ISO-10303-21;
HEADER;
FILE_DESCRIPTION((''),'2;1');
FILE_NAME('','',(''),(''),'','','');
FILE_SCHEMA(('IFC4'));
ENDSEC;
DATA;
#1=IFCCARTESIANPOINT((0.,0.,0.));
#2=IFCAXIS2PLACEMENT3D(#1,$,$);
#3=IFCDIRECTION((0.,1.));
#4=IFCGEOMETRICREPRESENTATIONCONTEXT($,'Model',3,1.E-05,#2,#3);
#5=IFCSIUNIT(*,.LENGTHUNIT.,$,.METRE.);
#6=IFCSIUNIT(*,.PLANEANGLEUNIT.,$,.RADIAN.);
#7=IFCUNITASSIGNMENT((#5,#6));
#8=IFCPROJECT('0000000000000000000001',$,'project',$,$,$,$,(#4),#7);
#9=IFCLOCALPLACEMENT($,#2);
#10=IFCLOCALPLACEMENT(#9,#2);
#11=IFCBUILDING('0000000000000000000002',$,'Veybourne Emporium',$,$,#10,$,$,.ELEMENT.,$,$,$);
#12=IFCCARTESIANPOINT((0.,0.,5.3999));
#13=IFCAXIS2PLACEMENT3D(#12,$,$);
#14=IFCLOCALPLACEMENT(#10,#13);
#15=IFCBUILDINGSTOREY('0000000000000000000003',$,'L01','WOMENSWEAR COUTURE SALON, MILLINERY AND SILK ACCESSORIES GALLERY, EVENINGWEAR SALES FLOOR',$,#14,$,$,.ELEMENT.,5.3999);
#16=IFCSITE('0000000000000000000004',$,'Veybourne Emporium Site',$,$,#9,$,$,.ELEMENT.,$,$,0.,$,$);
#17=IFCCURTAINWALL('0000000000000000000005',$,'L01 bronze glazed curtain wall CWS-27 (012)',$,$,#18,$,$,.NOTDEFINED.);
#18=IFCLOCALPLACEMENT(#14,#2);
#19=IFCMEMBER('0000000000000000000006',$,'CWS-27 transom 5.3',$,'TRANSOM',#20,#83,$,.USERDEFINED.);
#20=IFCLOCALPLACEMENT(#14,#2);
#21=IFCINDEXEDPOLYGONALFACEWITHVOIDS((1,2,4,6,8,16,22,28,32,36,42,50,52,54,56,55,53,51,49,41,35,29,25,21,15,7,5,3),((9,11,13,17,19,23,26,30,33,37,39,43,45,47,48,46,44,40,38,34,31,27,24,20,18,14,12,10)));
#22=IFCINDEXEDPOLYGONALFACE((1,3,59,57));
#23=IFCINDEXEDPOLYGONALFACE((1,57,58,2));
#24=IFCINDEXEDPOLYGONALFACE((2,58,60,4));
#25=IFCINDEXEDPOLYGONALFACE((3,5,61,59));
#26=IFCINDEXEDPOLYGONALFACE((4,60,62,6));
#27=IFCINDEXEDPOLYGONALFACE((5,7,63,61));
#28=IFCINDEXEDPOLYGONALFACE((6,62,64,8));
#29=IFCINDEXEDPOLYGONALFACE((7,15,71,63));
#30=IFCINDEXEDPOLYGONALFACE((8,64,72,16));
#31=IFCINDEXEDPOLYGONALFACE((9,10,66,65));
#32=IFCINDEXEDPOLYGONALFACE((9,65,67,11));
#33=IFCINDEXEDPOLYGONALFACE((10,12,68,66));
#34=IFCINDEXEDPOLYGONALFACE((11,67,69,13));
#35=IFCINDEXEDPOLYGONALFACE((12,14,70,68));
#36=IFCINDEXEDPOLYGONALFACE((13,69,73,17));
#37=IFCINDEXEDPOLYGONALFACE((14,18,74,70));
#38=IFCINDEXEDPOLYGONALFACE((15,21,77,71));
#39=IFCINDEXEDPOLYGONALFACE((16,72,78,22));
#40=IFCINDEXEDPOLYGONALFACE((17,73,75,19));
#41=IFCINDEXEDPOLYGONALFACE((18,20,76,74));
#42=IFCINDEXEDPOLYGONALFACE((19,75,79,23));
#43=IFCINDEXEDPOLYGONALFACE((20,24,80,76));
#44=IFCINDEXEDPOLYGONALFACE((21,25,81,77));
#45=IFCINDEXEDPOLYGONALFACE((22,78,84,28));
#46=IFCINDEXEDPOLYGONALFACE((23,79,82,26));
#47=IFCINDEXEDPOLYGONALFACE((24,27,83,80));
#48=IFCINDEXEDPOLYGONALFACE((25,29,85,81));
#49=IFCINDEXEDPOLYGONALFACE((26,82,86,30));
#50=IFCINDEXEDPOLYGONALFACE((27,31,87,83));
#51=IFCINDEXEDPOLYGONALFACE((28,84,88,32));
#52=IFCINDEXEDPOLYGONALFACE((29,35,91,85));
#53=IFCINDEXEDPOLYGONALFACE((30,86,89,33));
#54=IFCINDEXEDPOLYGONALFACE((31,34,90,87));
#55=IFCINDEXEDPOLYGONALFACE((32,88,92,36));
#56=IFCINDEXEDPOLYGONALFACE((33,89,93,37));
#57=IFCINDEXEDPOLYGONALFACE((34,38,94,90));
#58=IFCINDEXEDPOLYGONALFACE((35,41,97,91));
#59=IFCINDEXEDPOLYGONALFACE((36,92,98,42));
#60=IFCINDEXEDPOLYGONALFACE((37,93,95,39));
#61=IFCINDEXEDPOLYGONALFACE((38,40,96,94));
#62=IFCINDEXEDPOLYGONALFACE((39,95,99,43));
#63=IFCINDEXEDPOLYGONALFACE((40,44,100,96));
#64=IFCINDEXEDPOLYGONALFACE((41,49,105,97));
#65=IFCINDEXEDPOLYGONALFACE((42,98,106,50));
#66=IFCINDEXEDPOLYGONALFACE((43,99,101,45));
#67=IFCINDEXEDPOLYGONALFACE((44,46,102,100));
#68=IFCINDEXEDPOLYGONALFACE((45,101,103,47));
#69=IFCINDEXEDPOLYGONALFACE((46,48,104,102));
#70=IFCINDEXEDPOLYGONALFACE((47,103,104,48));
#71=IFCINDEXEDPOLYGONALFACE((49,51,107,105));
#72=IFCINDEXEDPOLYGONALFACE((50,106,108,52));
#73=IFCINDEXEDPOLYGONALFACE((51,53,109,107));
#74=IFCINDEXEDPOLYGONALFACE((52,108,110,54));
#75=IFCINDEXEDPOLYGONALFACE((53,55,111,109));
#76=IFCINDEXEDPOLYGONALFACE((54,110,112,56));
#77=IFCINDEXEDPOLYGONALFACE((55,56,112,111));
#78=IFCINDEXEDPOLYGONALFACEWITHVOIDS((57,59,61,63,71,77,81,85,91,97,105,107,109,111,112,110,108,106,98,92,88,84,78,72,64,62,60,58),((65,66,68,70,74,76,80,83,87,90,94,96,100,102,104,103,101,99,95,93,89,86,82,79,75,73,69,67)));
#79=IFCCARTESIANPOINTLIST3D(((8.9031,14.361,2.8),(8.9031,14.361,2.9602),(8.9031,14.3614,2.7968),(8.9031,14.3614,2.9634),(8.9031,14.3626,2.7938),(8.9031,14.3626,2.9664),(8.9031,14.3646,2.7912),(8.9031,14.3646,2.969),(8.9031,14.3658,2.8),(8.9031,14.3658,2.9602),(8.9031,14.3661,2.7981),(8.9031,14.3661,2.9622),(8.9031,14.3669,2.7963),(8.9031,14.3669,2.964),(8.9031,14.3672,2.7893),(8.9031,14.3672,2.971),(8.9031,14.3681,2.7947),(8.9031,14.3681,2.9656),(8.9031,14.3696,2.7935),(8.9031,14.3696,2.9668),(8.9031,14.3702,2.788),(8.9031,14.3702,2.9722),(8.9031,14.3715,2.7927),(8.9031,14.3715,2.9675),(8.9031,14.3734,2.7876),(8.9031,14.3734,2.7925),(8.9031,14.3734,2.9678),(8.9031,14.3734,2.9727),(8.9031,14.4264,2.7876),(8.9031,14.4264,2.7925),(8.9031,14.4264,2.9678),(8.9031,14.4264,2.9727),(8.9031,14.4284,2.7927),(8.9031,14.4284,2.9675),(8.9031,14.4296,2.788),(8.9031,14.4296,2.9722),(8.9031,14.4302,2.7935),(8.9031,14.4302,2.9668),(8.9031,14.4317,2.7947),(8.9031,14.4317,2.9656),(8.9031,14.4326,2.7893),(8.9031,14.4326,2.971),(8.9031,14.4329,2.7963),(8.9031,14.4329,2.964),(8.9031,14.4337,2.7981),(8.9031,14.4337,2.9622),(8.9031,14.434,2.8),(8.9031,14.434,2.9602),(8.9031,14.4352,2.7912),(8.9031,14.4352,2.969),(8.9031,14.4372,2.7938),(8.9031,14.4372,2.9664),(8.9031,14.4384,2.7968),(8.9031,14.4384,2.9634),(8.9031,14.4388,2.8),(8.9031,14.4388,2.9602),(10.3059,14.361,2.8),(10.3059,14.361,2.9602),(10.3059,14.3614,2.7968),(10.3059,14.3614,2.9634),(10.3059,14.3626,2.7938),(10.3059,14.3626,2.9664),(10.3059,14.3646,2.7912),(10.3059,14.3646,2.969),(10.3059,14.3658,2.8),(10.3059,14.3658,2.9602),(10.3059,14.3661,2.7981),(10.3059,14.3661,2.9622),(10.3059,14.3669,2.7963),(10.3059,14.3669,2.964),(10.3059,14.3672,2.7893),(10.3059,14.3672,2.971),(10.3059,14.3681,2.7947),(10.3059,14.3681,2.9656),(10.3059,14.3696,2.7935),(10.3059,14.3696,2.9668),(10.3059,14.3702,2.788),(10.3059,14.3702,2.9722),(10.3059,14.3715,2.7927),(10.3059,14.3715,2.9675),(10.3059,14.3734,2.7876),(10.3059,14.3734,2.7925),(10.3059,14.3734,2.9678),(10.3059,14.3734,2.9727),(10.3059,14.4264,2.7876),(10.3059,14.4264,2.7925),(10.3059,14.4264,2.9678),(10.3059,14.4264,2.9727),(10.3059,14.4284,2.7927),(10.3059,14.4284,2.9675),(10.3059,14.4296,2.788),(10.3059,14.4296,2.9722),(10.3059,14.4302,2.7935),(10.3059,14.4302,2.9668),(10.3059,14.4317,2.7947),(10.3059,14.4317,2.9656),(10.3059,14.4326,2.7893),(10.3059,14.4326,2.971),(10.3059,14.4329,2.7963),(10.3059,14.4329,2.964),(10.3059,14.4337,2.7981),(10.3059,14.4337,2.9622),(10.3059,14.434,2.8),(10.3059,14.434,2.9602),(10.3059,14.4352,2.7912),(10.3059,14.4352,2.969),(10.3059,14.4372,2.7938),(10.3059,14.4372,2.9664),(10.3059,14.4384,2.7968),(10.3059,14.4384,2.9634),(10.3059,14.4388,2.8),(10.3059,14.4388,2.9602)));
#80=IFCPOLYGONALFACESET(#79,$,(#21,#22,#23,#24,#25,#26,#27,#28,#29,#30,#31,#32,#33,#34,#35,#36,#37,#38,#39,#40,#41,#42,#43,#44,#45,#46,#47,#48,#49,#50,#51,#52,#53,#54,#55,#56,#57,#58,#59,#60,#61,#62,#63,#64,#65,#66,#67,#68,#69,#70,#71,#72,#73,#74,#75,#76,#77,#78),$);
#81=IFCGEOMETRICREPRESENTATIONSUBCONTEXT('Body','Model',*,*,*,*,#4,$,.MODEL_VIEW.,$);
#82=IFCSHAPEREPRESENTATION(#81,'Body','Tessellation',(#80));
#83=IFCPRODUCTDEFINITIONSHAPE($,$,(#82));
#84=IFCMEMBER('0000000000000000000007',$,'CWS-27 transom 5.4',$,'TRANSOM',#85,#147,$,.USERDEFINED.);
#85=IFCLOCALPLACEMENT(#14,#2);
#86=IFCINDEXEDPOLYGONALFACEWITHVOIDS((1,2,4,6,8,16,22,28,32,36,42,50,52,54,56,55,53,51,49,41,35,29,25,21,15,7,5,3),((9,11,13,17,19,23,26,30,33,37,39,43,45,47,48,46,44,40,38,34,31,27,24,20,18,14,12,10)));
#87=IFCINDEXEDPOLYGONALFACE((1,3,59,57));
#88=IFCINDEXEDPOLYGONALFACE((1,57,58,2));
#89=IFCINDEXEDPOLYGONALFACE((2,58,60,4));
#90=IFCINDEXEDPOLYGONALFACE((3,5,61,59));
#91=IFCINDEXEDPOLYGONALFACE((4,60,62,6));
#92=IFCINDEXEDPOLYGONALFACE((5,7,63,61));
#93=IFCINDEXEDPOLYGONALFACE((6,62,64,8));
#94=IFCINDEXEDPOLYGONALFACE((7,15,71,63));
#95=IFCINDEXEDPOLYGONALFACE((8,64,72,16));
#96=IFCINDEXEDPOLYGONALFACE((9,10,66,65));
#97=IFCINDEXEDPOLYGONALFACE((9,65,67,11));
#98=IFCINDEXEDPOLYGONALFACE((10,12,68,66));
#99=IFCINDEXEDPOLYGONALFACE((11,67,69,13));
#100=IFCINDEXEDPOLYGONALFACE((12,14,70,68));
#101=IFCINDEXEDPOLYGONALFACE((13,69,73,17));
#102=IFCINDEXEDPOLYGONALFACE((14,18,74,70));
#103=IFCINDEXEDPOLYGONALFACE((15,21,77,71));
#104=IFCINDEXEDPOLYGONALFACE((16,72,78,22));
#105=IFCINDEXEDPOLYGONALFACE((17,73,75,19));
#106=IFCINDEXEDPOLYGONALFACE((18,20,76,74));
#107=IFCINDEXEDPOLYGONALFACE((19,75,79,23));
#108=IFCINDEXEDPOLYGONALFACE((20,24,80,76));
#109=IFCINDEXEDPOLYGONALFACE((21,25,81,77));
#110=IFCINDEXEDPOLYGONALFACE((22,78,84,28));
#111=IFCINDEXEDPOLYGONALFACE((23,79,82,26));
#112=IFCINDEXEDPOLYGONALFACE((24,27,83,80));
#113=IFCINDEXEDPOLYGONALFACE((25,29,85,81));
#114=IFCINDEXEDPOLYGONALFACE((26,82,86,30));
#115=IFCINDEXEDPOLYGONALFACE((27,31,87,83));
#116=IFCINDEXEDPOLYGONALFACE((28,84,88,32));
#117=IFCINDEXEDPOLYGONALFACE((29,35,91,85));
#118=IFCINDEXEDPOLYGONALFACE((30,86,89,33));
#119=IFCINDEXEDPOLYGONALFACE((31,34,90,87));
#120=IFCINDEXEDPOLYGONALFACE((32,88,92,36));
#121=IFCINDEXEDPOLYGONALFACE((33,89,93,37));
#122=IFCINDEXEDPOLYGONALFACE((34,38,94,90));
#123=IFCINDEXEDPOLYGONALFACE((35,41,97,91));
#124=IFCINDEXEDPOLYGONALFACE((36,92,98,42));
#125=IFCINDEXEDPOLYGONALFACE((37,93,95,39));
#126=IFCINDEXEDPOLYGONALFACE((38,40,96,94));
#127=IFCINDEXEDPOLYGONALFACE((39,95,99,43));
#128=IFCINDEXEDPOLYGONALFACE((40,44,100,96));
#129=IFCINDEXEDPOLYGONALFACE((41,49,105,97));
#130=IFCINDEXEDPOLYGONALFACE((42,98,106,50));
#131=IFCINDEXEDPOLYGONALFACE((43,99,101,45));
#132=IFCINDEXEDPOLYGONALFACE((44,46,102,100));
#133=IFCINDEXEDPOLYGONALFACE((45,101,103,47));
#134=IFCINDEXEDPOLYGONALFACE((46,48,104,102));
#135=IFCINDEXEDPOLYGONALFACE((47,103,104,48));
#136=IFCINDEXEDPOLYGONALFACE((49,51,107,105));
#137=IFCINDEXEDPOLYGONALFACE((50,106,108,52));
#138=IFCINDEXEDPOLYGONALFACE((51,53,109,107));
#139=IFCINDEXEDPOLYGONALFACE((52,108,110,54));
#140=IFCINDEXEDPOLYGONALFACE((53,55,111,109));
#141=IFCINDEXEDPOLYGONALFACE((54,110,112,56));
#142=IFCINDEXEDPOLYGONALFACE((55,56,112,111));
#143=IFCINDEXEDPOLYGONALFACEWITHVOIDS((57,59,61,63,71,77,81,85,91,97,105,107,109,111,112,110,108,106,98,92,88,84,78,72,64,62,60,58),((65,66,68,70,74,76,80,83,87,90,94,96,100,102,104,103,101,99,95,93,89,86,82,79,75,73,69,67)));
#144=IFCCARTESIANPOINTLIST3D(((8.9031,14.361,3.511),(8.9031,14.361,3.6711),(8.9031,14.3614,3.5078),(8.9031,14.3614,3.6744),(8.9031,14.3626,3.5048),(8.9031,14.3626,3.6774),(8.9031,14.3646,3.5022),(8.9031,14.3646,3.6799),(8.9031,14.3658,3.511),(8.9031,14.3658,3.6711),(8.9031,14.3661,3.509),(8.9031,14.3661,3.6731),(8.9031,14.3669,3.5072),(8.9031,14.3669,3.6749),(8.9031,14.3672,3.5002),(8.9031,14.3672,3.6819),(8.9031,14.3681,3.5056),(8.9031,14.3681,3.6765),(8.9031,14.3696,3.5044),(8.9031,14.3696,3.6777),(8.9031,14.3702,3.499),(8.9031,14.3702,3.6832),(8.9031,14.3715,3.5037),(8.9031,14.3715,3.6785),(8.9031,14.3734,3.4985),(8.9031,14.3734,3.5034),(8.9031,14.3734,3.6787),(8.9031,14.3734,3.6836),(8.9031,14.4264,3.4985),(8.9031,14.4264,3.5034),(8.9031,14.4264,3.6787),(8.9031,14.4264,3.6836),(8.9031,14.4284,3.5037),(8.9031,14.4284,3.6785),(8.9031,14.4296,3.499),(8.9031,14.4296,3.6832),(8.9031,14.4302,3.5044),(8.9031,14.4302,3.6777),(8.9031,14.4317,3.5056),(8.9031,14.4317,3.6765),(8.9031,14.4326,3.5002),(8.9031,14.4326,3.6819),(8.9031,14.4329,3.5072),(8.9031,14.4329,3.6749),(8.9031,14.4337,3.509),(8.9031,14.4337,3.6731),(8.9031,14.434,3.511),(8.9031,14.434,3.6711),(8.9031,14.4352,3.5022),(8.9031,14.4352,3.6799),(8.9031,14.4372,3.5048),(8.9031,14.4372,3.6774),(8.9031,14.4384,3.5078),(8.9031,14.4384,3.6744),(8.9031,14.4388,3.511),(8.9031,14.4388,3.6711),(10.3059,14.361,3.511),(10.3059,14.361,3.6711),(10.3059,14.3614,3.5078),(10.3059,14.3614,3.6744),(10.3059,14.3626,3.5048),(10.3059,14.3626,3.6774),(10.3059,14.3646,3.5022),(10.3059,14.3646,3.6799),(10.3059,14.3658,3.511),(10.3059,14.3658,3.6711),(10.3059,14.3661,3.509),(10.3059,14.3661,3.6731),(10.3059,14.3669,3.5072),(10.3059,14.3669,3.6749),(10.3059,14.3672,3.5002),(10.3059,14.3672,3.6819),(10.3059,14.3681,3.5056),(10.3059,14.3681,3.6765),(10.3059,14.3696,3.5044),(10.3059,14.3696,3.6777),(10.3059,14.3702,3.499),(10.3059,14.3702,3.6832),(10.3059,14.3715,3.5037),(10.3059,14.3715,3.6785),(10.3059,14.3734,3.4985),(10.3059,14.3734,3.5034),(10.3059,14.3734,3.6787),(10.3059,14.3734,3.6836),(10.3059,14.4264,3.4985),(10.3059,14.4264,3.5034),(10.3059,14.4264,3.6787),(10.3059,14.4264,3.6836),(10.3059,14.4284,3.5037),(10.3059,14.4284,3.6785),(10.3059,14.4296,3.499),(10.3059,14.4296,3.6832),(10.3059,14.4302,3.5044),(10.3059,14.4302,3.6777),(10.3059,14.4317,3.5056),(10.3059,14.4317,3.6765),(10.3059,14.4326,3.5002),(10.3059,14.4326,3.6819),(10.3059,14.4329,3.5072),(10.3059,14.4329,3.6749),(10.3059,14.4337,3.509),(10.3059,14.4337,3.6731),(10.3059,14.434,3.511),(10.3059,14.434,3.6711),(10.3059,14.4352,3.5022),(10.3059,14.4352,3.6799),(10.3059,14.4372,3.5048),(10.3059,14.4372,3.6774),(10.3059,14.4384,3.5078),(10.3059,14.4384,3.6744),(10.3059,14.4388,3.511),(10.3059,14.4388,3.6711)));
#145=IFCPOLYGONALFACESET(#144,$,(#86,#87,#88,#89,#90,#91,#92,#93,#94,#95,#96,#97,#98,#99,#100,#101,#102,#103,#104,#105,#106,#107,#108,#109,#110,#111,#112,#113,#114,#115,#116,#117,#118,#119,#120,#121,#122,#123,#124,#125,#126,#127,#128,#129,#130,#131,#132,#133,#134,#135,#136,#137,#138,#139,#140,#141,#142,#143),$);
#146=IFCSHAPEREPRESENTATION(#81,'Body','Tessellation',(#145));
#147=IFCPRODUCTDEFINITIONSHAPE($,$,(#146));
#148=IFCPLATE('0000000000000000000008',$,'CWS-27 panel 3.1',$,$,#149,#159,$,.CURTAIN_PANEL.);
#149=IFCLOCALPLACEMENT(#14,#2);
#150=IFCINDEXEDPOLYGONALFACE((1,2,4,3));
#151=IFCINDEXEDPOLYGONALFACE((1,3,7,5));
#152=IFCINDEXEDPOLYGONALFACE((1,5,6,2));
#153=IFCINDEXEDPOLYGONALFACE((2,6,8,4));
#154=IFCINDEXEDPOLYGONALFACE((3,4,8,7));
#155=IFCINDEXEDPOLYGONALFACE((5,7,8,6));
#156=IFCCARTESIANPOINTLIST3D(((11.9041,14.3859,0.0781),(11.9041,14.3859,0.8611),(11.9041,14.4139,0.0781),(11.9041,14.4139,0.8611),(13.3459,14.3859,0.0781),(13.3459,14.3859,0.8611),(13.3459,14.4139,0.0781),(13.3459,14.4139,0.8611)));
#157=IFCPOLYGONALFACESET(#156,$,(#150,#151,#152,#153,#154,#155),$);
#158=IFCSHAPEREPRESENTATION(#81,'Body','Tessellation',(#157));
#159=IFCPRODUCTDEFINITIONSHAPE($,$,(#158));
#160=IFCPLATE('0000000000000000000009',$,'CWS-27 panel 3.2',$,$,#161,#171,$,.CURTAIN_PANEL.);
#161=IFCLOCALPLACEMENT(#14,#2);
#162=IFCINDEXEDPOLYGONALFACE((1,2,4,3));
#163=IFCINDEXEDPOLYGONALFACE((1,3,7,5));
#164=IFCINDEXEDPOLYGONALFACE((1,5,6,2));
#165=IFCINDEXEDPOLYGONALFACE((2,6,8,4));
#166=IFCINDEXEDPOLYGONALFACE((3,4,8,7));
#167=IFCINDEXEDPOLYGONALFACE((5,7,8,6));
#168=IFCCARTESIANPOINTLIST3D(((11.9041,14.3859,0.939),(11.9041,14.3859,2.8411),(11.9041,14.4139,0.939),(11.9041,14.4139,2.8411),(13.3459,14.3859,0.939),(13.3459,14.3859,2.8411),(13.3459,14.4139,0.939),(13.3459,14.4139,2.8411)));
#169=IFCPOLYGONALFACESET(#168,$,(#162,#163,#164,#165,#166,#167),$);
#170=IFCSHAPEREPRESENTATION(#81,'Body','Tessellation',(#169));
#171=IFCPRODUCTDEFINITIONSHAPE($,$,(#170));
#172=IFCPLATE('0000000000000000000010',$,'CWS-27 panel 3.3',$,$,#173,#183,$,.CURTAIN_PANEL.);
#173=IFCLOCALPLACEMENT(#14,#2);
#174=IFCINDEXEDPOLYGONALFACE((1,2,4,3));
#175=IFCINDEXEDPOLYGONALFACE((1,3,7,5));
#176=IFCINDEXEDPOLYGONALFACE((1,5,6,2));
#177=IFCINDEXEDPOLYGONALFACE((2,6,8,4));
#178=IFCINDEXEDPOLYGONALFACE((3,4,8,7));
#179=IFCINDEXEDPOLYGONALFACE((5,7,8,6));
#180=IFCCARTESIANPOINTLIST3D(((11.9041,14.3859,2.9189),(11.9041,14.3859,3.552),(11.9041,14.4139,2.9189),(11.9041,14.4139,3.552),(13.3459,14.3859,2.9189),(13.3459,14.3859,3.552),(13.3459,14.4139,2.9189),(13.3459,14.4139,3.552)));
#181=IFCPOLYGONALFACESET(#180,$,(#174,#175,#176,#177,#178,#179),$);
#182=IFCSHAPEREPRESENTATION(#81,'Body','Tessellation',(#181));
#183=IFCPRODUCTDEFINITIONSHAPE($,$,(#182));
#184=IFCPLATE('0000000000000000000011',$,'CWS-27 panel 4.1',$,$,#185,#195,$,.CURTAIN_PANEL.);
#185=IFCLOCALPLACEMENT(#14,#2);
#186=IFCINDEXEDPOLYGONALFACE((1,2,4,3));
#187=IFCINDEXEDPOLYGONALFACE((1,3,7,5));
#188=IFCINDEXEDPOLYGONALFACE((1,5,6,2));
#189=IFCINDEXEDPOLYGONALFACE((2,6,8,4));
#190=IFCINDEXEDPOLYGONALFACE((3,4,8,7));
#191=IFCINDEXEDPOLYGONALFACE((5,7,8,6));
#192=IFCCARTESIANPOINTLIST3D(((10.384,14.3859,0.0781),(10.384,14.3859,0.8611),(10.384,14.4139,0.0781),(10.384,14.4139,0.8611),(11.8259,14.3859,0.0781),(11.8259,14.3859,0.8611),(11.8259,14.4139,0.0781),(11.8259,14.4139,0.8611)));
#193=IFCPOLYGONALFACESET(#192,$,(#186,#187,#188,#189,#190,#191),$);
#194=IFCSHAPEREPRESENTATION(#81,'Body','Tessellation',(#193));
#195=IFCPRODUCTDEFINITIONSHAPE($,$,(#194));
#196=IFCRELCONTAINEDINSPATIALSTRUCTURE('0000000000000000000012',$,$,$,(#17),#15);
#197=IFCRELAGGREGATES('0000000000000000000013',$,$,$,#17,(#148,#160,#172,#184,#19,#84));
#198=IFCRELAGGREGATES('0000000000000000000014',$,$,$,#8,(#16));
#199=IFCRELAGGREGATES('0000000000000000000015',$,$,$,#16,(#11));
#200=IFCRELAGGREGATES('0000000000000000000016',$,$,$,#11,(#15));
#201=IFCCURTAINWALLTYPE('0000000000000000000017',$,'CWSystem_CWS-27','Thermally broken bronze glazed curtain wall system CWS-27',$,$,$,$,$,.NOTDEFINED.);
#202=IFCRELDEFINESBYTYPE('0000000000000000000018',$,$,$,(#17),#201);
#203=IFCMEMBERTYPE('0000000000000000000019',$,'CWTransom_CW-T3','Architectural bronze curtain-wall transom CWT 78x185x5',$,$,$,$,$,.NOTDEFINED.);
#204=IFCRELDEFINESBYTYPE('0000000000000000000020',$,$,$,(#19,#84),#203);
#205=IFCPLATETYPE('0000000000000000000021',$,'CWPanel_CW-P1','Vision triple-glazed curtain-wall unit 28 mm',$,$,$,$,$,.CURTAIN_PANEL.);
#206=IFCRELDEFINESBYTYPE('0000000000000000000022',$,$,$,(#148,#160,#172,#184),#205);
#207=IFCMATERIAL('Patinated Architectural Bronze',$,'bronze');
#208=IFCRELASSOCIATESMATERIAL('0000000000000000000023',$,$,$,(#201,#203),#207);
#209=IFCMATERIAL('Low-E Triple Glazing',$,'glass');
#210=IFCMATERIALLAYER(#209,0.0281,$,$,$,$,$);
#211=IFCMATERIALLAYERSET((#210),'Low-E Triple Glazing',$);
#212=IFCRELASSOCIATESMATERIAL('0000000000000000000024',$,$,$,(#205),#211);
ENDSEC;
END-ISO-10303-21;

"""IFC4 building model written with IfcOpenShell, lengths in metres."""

from ifc_helpers import new_model, si_unit, direction, frame, origin, origin_2d, place, context, subcontext, project, spatial, rectangle, hollow_rectangle, extrude, material, layer, layer_set, material_profile, profile_set, type_object, element, aggregate, save


model = new_model("IFC4")

# Units and contexts
model_context = context("Model", 3, precision=1e-05, world=origin(), true_north=direction((0.0, 1.0)))
body_context = subcontext(model_context, "Body", "Model", "MODEL_VIEW")
ifc_project = project(units=[si_unit("LENGTHUNIT", "METRE"), si_unit("PLANEANGLEUNIT", "RADIAN")], contexts=[model_context])

# Site, building, storey
site_placement = place(None, origin())
site = spatial("IfcSite", under=ifc_project, at=site_placement, Name="Veybourne Emporium Site", CompositionType="ELEMENT", RefElevation=0.0)
building_placement = place(site_placement, origin())
building = spatial("IfcBuilding", under=site, at=building_placement, Name="Veybourne Emporium", CompositionType="ELEMENT")
storey_placement = place(building_placement, frame((0.0, 0.0, 5.3999)))
storey = spatial("IfcBuildingStorey", under=building, at=storey_placement, Name="L01", Description="WOMENSWEAR COUTURE SALON, MILLINERY AND SILK ACCESSORIES GALLERY, EVENINGWEAR SALES FLOOR", CompositionType="ELEMENT", Elevation=5.3999)

# Curtain wall, members, plates
ifc_material_1 = material(Name="Patinated Architectural Bronze", Category="bronze")
curtain_wall_type = type_object("IfcCurtainWallType", Name="CWSystem_CWS-27", Description="Thermally broken bronze glazed curtain wall system CWS-27", PredefinedType="NOTDEFINED", material=ifc_material_1)
curtain_wall_placement = place(storey_placement, origin())
curtain_wall = element("IfcCurtainWall", 1, at=curtain_wall_placement, inside=storey, type_object=curtain_wall_type, Name="L01 bronze glazed curtain wall CWS-27 (012)", PredefinedType="NOTDEFINED")
ifc_material_profile_1 = material_profile(ifc_material_1, hollow_rectangle(XDim=0.0779, YDim=0.1851, WallThickness=0.0049, InnerFilletRadius=0.0076, OuterFilletRadius=0.0125, at=origin_2d()), Name="CWT 78x185x5")
ifc_profile_set_1 = profile_set([ifc_material_profile_1], Name="Patinated Architectural Bronze")
member_type_1 = type_object("IfcMemberType", Name="CWTransom_CW-T3", Description="Architectural bronze curtain-wall transom CWT 78x185x5", PredefinedType="NOTDEFINED", material=ifc_profile_set_1)
member_1_placement = place(storey_placement, frame((10.3059, 14.3999, 2.8801), z_axis=(-1.0, 0.0, 0.0), x_axis=(0.0, -1.0, 0.0)))
member_1 = element("IfcMember", 2, at=member_1_placement, type_object=member_type_1, Name="CWS-27 transom 5.3", ObjectType="TRANSOM", PredefinedType="USERDEFINED", context=body_context, shape_type="SweptSolid", body=[
    extrude(hollow_rectangle(XDim=0.0779, YDim=0.1851, WallThickness=0.0049, InnerFilletRadius=0.0076, OuterFilletRadius=0.0125, at=origin_2d()), origin(), (0.0, 0.0, 1.0), 1.4028),
])
member_2_placement = place(storey_placement, frame((10.3059, 14.3999, 3.5911), z_axis=(-1.0, 0.0, 0.0), x_axis=(0.0, -1.0, 0.0)))
member_2 = element("IfcMember", 3, at=member_2_placement, type_object=member_type_1, Name="CWS-27 transom 5.4", ObjectType="TRANSOM", PredefinedType="USERDEFINED", context=body_context, shape_type="SweptSolid", body=[
    extrude(hollow_rectangle(XDim=0.0779, YDim=0.1851, WallThickness=0.0049, InnerFilletRadius=0.0076, OuterFilletRadius=0.0125, at=origin_2d()), origin(), (0.0, 0.0, 1.0), 1.4028),
])
ifc_material_2 = material(Name="Low-E Triple Glazing", Category="glass")
ifc_layer_1 = layer(ifc_material_2, 0.0281)
ifc_layer_set_1 = layer_set([ifc_layer_1], Name="Low-E Triple Glazing")
plate_type = type_object("IfcPlateType", Name="CWPanel_CW-P1", Description="Vision triple-glazed curtain-wall unit 28 mm", PredefinedType="CURTAIN_PANEL", material=ifc_layer_set_1)
plate_1_placement = place(storey_placement, frame((12.625, 14.3999, 0.0781), z_axis=(0.0, 0.0, 1.0), x_axis=(-1.0, 0.0, 0.0)))
plate_1 = element("IfcPlate", 4, at=plate_1_placement, type_object=plate_type, Name="CWS-27 panel 3.1", PredefinedType="CURTAIN_PANEL", context=body_context, shape_type="SweptSolid", body=[
    extrude(rectangle(XDim=1.4419, YDim=0.0281, at=origin_2d()), origin(), (0.0, 0.0, 1.0), 0.783),
])
plate_2_placement = place(storey_placement, frame((12.625, 14.3999, 0.939), z_axis=(0.0, 0.0, 1.0), x_axis=(-1.0, 0.0, 0.0)))
plate_2 = element("IfcPlate", 5, at=plate_2_placement, type_object=plate_type, Name="CWS-27 panel 3.2", PredefinedType="CURTAIN_PANEL", context=body_context, shape_type="SweptSolid", body=[
    extrude(rectangle(XDim=1.4419, YDim=0.0281, at=origin_2d()), origin(), (0.0, 0.0, 1.0), 1.9021),
])
plate_3_placement = place(storey_placement, frame((12.625, 14.3999, 2.9189), z_axis=(0.0, 0.0, 1.0), x_axis=(-1.0, 0.0, 0.0)))
plate_3 = element("IfcPlate", 6, at=plate_3_placement, type_object=plate_type, Name="CWS-27 panel 3.3", PredefinedType="CURTAIN_PANEL", context=body_context, shape_type="SweptSolid", body=[
    extrude(rectangle(XDim=1.4419, YDim=0.0281, at=origin_2d()), origin(), (0.0, 0.0, 1.0), 0.6331),
])
plate_4_placement = place(storey_placement, frame((11.105, 14.3999, 0.0781), z_axis=(0.0, 0.0, 1.0), x_axis=(-1.0, 0.0, 0.0)))
plate_4 = element("IfcPlate", 7, at=plate_4_placement, type_object=plate_type, Name="CWS-27 panel 4.1", PredefinedType="CURTAIN_PANEL", context=body_context, shape_type="SweptSolid", body=[
    extrude(rectangle(XDim=1.4419, YDim=0.0281, at=origin_2d()), origin(), (0.0, 0.0, 1.0), 0.783),
])
aggregate(curtain_wall, [plate_1, plate_2, plate_3, plate_4, member_1, member_2])

save(model, "model.ifc")
